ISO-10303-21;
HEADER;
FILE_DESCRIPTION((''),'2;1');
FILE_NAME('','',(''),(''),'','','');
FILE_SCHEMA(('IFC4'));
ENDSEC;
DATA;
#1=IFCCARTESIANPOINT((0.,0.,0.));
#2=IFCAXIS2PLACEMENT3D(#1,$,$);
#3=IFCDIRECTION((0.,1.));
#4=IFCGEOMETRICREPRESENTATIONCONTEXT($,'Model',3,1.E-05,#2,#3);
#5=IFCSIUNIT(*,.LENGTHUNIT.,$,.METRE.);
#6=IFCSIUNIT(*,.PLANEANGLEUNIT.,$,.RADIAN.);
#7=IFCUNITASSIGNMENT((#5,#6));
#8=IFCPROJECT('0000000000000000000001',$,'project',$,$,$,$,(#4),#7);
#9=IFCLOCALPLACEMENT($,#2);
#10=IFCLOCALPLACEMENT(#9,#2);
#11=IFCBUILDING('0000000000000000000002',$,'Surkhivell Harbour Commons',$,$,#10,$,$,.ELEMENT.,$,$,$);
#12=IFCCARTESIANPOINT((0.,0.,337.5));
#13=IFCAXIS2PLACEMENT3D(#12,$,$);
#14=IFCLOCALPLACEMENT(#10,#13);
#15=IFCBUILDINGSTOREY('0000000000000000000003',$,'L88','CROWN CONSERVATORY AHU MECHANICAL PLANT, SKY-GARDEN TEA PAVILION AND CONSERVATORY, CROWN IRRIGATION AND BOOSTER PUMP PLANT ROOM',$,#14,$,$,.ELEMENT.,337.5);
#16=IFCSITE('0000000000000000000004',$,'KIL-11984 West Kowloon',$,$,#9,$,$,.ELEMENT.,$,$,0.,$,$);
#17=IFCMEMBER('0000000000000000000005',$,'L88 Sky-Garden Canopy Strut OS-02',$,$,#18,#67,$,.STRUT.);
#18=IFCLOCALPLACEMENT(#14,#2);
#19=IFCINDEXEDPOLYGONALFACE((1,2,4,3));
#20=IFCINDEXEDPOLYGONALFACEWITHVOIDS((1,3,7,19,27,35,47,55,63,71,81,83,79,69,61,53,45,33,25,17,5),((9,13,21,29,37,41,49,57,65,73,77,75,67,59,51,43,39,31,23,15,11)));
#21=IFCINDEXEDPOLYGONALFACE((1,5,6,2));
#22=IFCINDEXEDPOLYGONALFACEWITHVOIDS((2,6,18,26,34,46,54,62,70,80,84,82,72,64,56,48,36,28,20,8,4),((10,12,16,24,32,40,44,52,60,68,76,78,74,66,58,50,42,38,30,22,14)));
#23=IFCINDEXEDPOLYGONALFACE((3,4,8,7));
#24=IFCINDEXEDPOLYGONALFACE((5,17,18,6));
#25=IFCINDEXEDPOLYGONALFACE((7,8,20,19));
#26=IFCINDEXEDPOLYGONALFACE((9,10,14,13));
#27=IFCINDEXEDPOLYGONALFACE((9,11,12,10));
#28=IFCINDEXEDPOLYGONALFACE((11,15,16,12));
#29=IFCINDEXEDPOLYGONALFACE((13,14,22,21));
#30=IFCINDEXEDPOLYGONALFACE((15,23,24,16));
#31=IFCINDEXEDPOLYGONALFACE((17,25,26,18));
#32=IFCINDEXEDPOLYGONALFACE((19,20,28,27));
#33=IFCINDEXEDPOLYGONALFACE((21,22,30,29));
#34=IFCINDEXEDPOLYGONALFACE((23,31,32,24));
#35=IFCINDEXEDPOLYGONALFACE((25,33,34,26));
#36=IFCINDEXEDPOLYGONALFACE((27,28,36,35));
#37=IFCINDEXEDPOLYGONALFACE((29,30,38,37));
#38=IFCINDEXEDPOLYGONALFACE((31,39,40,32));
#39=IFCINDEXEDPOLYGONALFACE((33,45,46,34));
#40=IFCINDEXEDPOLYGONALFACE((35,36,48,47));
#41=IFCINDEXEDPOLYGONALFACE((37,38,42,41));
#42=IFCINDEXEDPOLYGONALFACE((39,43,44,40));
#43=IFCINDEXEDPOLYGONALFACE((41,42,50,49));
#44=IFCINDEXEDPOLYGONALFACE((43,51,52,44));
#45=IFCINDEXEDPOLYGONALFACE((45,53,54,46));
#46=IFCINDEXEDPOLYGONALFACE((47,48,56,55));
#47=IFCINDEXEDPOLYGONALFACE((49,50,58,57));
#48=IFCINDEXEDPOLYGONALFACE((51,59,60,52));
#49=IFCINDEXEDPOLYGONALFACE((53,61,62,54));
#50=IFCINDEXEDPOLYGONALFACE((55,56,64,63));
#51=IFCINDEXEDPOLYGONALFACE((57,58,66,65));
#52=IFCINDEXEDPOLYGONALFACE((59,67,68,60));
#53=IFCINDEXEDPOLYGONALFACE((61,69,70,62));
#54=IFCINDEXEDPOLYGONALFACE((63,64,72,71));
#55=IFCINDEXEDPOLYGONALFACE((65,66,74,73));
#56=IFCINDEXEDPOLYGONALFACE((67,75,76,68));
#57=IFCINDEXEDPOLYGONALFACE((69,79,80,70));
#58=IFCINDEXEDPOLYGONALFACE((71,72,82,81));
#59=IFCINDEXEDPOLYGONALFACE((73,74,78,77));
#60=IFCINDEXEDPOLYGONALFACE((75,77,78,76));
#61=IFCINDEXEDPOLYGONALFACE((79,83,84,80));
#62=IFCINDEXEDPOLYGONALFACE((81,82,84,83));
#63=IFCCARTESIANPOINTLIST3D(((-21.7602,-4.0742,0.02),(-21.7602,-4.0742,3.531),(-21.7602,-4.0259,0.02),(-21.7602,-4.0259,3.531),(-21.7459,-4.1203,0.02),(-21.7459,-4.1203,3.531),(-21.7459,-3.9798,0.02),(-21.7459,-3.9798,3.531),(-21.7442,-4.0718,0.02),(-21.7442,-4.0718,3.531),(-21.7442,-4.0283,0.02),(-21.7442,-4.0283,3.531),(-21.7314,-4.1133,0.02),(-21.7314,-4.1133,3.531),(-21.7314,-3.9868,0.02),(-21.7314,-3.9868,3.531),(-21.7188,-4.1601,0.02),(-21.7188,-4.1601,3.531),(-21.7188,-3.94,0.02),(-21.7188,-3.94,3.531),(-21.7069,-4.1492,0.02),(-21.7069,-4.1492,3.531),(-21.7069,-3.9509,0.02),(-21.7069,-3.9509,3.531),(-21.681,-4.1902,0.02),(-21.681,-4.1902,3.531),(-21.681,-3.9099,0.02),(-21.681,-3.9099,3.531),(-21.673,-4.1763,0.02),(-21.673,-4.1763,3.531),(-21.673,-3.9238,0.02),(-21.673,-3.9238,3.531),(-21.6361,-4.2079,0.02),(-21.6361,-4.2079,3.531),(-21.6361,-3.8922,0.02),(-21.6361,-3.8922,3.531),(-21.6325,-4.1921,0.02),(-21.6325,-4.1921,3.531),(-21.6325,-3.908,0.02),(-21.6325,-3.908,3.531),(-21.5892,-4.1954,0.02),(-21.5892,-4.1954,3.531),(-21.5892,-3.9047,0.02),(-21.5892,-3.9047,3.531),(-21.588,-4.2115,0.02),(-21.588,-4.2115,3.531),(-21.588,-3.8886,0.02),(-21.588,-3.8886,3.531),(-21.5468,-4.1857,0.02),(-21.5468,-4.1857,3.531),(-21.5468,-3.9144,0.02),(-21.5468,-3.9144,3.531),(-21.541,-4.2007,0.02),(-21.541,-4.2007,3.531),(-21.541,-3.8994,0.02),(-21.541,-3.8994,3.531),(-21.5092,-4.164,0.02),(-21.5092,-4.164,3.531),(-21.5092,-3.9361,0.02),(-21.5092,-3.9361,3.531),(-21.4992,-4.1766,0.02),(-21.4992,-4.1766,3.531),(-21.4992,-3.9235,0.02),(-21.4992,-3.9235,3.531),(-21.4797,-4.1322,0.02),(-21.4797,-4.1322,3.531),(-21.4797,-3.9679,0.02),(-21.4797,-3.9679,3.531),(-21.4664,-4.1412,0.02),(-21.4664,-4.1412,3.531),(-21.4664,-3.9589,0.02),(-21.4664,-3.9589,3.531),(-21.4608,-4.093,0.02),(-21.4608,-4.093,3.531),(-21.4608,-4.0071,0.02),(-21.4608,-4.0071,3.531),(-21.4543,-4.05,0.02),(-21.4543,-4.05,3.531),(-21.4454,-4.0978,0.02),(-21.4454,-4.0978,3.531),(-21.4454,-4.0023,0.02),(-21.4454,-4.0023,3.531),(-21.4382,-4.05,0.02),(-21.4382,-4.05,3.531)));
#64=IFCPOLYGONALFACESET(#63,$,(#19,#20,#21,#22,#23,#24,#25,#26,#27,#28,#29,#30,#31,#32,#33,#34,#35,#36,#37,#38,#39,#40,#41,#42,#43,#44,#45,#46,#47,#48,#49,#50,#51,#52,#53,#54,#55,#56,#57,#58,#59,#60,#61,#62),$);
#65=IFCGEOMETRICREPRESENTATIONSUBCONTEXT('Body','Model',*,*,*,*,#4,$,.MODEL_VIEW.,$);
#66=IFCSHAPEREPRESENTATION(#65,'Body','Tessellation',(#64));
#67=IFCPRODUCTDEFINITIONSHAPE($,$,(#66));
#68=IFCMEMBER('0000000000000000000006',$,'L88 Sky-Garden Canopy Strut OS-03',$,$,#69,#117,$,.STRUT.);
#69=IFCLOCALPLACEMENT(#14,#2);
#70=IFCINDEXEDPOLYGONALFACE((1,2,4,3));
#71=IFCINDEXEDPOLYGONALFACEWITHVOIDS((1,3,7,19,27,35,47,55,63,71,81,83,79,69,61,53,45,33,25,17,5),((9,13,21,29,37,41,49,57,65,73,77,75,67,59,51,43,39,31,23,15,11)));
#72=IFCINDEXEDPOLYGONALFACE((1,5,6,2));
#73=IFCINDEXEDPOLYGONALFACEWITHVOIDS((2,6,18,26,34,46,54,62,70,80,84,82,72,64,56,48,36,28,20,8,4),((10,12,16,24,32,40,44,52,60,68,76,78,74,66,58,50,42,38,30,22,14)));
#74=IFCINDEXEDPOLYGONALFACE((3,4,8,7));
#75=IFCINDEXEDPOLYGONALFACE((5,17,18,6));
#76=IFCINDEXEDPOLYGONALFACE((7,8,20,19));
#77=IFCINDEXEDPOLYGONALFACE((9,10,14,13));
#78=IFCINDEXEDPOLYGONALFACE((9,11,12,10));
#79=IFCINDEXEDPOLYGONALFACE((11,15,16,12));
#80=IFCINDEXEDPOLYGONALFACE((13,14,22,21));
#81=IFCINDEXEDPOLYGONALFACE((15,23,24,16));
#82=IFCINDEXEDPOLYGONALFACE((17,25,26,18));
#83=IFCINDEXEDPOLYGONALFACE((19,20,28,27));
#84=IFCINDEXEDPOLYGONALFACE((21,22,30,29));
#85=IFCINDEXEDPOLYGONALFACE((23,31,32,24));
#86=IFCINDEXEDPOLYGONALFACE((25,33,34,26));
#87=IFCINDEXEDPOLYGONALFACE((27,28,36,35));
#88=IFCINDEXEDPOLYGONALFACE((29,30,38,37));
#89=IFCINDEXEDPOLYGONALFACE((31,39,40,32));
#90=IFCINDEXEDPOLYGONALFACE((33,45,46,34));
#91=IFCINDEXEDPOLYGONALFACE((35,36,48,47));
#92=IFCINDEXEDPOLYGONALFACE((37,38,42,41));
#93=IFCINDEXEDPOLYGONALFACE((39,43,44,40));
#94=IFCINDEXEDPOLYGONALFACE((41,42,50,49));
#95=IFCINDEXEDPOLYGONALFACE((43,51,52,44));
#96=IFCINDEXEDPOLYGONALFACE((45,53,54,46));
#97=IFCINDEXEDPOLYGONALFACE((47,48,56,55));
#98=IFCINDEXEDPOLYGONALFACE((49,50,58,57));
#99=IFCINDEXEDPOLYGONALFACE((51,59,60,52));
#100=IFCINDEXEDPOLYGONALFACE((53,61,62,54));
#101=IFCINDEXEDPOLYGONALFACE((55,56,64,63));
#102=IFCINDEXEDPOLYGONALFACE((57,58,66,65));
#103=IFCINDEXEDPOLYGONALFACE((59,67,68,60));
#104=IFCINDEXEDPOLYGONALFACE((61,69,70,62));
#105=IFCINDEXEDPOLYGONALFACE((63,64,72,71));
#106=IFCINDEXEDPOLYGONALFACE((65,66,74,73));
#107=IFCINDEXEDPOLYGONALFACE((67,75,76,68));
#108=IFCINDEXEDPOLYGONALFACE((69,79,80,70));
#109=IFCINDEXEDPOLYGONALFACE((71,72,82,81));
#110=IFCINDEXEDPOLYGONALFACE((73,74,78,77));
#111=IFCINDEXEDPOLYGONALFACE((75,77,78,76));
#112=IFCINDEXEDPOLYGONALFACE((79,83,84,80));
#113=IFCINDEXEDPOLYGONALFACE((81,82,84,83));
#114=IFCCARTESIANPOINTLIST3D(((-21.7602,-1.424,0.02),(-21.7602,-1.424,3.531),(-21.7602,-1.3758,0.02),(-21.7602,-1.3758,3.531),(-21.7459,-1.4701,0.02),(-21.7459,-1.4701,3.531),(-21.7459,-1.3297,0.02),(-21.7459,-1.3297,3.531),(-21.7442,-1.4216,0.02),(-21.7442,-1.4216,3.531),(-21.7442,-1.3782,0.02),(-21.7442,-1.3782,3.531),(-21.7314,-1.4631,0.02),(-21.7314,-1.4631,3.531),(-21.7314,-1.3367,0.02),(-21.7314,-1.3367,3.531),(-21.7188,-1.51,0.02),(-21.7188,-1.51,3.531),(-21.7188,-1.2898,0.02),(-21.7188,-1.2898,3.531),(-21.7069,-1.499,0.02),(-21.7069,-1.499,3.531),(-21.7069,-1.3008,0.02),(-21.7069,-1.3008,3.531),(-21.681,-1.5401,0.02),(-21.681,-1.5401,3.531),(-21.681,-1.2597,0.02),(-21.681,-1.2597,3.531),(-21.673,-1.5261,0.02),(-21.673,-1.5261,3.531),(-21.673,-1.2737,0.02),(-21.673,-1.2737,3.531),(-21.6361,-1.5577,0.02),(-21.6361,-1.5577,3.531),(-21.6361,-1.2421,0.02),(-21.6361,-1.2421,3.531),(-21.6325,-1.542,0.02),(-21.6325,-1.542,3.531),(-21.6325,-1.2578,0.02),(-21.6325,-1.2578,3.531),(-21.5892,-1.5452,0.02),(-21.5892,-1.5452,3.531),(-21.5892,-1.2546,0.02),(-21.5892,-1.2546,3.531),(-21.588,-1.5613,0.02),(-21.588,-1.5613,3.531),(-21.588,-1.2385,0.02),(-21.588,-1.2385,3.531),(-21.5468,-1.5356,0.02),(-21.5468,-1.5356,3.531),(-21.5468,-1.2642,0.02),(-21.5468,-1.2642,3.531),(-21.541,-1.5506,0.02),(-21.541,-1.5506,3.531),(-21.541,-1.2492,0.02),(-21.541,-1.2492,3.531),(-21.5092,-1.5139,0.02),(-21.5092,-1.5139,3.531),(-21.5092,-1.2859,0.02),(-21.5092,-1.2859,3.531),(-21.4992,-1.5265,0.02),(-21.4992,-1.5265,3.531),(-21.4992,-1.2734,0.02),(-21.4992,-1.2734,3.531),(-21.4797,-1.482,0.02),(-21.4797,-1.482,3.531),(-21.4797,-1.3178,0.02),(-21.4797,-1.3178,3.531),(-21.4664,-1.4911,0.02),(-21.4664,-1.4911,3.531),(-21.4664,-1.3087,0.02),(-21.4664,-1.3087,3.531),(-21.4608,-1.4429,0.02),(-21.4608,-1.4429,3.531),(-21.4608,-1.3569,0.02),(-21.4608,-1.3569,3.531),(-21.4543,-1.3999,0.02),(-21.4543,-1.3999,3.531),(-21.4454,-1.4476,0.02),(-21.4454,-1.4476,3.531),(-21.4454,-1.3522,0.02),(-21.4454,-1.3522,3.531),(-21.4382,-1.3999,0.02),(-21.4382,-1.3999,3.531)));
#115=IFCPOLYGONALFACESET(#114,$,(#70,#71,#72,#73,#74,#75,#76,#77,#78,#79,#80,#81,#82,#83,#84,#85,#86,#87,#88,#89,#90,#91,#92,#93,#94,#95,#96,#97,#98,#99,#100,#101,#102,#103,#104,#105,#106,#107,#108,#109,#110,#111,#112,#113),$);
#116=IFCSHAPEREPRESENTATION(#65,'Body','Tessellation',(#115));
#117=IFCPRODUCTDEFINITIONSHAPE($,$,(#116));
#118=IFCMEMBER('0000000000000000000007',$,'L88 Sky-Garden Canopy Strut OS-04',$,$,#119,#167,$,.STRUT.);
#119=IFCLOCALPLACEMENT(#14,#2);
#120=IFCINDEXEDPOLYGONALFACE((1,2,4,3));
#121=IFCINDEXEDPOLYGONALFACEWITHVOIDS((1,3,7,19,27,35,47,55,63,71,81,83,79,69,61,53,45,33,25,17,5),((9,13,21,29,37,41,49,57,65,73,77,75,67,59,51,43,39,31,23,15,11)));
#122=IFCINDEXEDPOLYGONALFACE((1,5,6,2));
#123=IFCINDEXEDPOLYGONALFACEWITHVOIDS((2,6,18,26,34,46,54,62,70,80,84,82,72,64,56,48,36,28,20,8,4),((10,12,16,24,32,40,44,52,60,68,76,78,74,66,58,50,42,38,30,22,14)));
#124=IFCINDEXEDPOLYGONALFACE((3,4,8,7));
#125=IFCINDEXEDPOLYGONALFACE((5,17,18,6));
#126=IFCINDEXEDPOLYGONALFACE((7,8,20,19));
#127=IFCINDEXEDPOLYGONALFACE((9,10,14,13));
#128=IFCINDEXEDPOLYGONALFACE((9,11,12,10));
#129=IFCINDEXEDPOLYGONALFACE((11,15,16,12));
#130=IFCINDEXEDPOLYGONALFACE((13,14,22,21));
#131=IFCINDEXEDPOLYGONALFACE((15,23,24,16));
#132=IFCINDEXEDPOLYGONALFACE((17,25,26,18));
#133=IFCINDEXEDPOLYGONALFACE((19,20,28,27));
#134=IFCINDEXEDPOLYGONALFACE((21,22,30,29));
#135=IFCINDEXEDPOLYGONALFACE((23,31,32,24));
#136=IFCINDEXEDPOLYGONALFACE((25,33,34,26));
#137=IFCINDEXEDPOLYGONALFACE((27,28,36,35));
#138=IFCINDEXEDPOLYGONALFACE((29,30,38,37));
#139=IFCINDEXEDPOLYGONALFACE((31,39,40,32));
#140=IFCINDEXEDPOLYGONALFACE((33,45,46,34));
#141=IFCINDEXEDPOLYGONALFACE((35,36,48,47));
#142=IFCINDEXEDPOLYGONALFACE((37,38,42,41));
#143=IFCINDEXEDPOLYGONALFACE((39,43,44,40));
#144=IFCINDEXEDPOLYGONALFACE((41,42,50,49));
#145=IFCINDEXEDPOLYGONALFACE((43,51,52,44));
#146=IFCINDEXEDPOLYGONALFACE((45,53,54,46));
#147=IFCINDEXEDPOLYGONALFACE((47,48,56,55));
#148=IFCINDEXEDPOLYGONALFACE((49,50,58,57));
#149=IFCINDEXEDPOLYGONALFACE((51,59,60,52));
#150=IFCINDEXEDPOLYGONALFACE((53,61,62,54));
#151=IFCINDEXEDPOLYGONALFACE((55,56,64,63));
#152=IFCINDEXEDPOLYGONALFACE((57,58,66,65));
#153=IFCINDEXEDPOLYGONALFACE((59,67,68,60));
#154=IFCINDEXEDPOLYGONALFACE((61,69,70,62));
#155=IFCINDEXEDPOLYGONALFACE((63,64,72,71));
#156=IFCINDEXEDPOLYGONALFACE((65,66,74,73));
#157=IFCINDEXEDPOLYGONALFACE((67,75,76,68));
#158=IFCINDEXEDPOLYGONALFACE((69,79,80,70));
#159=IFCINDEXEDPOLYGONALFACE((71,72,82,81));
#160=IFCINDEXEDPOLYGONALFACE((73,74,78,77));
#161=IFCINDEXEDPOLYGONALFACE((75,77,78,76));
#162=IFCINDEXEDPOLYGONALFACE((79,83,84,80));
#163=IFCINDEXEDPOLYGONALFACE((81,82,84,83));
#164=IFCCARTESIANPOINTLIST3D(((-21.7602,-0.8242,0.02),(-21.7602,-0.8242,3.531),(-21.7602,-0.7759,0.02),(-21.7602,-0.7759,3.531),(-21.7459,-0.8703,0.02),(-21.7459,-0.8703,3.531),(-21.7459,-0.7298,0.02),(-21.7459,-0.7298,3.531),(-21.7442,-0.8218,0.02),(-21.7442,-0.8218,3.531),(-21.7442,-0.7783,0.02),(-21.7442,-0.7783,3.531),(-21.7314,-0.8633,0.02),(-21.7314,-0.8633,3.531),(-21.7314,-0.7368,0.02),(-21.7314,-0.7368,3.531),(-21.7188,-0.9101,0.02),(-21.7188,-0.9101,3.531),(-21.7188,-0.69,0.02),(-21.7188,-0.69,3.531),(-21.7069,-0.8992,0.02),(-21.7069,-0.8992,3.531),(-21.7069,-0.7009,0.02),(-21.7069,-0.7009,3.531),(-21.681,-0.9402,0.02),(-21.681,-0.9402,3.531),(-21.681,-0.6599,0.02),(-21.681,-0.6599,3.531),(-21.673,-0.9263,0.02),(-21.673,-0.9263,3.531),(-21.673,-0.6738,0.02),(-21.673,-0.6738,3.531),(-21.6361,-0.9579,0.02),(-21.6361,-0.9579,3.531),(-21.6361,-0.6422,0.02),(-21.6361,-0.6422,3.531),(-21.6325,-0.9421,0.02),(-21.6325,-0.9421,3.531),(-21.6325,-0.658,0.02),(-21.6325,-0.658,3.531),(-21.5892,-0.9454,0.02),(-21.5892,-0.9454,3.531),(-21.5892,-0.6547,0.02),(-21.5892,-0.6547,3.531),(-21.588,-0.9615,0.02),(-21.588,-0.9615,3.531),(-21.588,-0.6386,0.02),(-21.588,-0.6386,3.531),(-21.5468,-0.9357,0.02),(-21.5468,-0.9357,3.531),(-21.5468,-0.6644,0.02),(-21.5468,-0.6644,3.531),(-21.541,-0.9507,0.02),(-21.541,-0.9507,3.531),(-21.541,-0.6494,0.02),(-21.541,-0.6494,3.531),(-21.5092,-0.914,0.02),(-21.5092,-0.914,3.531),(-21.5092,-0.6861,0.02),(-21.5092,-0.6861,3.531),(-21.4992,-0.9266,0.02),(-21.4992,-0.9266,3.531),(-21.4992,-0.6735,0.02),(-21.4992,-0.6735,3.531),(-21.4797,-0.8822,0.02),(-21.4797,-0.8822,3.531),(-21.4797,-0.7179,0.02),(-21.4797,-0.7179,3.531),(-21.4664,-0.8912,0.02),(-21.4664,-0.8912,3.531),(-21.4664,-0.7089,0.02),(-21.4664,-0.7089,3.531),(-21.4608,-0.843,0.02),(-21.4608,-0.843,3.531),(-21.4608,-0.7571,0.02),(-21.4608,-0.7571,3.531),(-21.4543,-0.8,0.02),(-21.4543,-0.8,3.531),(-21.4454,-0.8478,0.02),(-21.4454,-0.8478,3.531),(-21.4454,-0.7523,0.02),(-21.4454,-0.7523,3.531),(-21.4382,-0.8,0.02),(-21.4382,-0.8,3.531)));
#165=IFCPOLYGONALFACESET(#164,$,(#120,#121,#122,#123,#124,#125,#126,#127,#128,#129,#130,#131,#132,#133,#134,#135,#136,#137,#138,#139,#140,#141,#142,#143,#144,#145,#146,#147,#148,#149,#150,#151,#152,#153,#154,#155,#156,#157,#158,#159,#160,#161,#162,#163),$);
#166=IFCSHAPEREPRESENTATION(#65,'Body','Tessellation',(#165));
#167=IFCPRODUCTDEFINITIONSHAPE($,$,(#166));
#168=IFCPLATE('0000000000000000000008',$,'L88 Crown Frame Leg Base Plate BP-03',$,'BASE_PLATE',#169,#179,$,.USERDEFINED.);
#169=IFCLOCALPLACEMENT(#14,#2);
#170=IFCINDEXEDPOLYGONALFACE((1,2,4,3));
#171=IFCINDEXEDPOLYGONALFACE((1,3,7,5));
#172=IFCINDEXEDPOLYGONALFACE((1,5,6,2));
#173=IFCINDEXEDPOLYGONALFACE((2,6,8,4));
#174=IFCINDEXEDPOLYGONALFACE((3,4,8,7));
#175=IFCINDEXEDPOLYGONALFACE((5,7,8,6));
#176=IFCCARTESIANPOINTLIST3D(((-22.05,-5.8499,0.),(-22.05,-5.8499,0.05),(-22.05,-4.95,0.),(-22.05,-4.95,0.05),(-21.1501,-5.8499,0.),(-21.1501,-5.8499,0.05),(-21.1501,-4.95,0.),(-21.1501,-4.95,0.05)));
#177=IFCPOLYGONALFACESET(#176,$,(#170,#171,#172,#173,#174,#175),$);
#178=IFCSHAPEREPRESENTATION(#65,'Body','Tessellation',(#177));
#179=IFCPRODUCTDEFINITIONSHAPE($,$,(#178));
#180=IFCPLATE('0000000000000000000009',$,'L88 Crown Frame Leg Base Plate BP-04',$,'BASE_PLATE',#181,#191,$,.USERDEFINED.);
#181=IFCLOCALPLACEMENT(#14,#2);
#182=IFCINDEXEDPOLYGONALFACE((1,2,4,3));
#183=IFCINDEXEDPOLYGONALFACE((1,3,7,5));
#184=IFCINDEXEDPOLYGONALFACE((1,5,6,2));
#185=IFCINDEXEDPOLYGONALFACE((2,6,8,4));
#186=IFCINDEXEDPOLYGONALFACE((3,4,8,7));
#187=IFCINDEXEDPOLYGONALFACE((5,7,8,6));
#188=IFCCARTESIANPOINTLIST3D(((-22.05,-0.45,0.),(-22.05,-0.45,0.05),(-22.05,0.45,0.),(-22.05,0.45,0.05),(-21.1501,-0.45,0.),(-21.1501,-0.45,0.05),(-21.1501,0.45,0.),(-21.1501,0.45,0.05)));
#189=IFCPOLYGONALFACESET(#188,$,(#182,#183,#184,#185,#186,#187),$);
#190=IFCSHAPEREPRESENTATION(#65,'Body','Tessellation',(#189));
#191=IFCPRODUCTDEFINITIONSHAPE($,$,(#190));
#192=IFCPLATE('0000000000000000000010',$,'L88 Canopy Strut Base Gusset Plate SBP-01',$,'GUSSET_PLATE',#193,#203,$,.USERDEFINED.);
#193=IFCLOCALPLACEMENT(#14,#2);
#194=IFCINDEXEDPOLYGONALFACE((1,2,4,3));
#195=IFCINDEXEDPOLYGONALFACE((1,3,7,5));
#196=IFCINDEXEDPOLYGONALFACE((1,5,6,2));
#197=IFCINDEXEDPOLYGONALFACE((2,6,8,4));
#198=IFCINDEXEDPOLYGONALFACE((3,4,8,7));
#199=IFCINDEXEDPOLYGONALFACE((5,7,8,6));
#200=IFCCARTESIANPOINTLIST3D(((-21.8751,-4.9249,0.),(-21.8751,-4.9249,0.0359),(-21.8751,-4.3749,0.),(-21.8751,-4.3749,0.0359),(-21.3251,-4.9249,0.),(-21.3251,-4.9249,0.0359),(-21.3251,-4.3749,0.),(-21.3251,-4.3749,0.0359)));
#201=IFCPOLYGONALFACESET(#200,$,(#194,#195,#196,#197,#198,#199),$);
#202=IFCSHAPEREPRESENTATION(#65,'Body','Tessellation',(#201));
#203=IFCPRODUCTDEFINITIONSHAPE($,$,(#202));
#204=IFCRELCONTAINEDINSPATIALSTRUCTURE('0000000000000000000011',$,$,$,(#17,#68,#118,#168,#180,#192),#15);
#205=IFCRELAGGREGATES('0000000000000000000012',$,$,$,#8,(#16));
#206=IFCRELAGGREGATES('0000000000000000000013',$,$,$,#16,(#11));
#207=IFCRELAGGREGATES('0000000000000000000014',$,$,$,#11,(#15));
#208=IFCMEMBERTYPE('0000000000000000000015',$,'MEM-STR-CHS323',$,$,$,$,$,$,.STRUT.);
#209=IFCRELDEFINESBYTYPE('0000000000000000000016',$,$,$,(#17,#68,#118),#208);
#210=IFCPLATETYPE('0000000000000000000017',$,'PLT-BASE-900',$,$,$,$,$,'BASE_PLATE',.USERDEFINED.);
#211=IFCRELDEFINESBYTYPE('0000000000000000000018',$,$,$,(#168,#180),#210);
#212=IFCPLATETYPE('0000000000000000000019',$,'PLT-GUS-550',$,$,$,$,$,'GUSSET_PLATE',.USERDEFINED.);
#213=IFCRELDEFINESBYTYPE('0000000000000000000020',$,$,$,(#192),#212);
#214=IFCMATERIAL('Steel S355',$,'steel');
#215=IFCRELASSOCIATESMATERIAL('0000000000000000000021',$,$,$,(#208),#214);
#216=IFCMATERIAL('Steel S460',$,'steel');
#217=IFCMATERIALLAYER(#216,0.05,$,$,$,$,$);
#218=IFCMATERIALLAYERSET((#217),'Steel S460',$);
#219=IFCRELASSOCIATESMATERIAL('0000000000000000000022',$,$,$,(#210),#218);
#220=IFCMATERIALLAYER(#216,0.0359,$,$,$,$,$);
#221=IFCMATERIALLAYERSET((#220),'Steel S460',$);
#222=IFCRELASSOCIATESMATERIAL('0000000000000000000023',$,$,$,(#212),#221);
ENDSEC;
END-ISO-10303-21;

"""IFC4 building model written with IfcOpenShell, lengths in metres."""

from ifc_helpers import new_model, si_unit, direction, frame, origin, origin_2d, place, context, subcontext, project, spatial, rectangle, hollow_circle, extrude, material, layer, layer_set, material_profile, profile_set, type_object, element, save


model = new_model("IFC4")

# Units and contexts
model_context = context("Model", 3, precision=1e-05, world=origin(), true_north=direction((0.0, 1.0)))
body_context = subcontext(model_context, "Body", "Model", "MODEL_VIEW")
ifc_project = project(units=[si_unit("LENGTHUNIT", "METRE"), si_unit("PLANEANGLEUNIT", "RADIAN")], contexts=[model_context])

# Site, building, storey
site_placement = place(None, origin())
site = spatial("IfcSite", under=ifc_project, at=site_placement, Name="KIL-11984 West Kowloon", CompositionType="ELEMENT", RefElevation=0.0)
building_placement = place(site_placement, origin())
building = spatial("IfcBuilding", under=site, at=building_placement, Name="Surkhivell Harbour Commons", CompositionType="ELEMENT")
storey_placement = place(building_placement, frame((0.0, 0.0, 337.5)))
storey = spatial("IfcBuildingStorey", under=building, at=storey_placement, Name="L88", Description="CROWN CONSERVATORY AHU MECHANICAL PLANT, SKY-GARDEN TEA PAVILION AND CONSERVATORY, CROWN IRRIGATION AND BOOSTER PUMP PLANT ROOM", CompositionType="ELEMENT", Elevation=337.5)

# Shared definitions
ifc_material_1 = material(Name="Steel S460", Category="steel")

# Shared definitions
ifc_material_2 = material(Name="Steel S355", Category="steel")

# Members
ifc_material_profile_1 = material_profile(ifc_material_2, hollow_circle(Radius=0.1619, WallThickness=0.0161, at=origin_2d()), Name="CHS323x16")
ifc_profile_set_1 = profile_set([ifc_material_profile_1], Name="Steel S355")
member_type = type_object("IfcMemberType", Name="MEM-STR-CHS323", PredefinedType="STRUT", material=ifc_profile_set_1)
for number, where, z_axis, x_axis, name in (
    (1, (-21.6001, -4.05, 0.02), (0.0, 0.0, 1.0), (1.0, 0.0, 0.0), "L88 Sky-Garden Canopy Strut OS-02"),
    (2, (-21.6001, -1.3999, 0.02), (0.0, 0.0, 1.0), (1.0, 0.0, 0.0), "L88 Sky-Garden Canopy Strut OS-03"),
    (3, (-21.6001, -0.8, 0.02), (0.0, 0.0, 1.0), (1.0, 0.0, 0.0), "L88 Sky-Garden Canopy Strut OS-04"),
):
    element("IfcMember", number, at=place(storey_placement, frame(where, z_axis=z_axis, x_axis=x_axis)), inside=storey, type_object=member_type, Name=name, PredefinedType="STRUT", context=body_context, shape_type="SweptSolid", body=[
        extrude(hollow_circle(Radius=0.1619, WallThickness=0.0161, at=origin_2d()), origin(), (0.0, 0.0, 1.0), 3.511),
    ])

# Plates
ifc_layer_1 = layer(ifc_material_1, 0.05)
ifc_layer_set_1 = layer_set([ifc_layer_1], Name="Steel S460")
plate_type_1 = type_object("IfcPlateType", Name="PLT-BASE-900", ElementType="BASE_PLATE", PredefinedType="USERDEFINED", material=ifc_layer_set_1)
for number, where, z_axis, x_axis, name in (
    (4, (-21.6001, -5.3999, 0.0), (0.0, 0.0, 1.0), (1.0, 0.0, 0.0), "L88 Crown Frame Leg Base Plate BP-03"),
    (5, (-21.6001, 0.0, 0.0), (0.0, 0.0, 1.0), (1.0, 0.0, 0.0), "L88 Crown Frame Leg Base Plate BP-04"),
):
    element("IfcPlate", number, at=place(storey_placement, frame(where, z_axis=z_axis, x_axis=x_axis)), inside=storey, type_object=plate_type_1, Name=name, ObjectType="BASE_PLATE", PredefinedType="USERDEFINED", context=body_context, shape_type="SweptSolid", body=[
        extrude(rectangle(XDim=0.8999, YDim=0.8999, at=origin_2d()), origin(), (0.0, 0.0, 1.0), 0.05),
    ])
ifc_layer_2 = layer(ifc_material_1, 0.0359)
ifc_layer_set_2 = layer_set([ifc_layer_2], Name="Steel S460")
plate_type_2 = type_object("IfcPlateType", Name="PLT-GUS-550", ElementType="GUSSET_PLATE", PredefinedType="USERDEFINED", material=ifc_layer_set_2)
for number, where, z_axis, x_axis, name in (
    (6, (-21.6001, -4.6499, 0.0), (0.0, 0.0, 1.0), (1.0, 0.0, 0.0), "L88 Canopy Strut Base Gusset Plate SBP-01"),
):
    element("IfcPlate", number, at=place(storey_placement, frame(where, z_axis=z_axis, x_axis=x_axis)), inside=storey, type_object=plate_type_2, Name=name, ObjectType="GUSSET_PLATE", PredefinedType="USERDEFINED", context=body_context, shape_type="SweptSolid", body=[
        extrude(rectangle(XDim=0.55, YDim=0.55, at=origin_2d()), origin(), (0.0, 0.0, 1.0), 0.0359),
    ])

save(model, "model.ifc")
